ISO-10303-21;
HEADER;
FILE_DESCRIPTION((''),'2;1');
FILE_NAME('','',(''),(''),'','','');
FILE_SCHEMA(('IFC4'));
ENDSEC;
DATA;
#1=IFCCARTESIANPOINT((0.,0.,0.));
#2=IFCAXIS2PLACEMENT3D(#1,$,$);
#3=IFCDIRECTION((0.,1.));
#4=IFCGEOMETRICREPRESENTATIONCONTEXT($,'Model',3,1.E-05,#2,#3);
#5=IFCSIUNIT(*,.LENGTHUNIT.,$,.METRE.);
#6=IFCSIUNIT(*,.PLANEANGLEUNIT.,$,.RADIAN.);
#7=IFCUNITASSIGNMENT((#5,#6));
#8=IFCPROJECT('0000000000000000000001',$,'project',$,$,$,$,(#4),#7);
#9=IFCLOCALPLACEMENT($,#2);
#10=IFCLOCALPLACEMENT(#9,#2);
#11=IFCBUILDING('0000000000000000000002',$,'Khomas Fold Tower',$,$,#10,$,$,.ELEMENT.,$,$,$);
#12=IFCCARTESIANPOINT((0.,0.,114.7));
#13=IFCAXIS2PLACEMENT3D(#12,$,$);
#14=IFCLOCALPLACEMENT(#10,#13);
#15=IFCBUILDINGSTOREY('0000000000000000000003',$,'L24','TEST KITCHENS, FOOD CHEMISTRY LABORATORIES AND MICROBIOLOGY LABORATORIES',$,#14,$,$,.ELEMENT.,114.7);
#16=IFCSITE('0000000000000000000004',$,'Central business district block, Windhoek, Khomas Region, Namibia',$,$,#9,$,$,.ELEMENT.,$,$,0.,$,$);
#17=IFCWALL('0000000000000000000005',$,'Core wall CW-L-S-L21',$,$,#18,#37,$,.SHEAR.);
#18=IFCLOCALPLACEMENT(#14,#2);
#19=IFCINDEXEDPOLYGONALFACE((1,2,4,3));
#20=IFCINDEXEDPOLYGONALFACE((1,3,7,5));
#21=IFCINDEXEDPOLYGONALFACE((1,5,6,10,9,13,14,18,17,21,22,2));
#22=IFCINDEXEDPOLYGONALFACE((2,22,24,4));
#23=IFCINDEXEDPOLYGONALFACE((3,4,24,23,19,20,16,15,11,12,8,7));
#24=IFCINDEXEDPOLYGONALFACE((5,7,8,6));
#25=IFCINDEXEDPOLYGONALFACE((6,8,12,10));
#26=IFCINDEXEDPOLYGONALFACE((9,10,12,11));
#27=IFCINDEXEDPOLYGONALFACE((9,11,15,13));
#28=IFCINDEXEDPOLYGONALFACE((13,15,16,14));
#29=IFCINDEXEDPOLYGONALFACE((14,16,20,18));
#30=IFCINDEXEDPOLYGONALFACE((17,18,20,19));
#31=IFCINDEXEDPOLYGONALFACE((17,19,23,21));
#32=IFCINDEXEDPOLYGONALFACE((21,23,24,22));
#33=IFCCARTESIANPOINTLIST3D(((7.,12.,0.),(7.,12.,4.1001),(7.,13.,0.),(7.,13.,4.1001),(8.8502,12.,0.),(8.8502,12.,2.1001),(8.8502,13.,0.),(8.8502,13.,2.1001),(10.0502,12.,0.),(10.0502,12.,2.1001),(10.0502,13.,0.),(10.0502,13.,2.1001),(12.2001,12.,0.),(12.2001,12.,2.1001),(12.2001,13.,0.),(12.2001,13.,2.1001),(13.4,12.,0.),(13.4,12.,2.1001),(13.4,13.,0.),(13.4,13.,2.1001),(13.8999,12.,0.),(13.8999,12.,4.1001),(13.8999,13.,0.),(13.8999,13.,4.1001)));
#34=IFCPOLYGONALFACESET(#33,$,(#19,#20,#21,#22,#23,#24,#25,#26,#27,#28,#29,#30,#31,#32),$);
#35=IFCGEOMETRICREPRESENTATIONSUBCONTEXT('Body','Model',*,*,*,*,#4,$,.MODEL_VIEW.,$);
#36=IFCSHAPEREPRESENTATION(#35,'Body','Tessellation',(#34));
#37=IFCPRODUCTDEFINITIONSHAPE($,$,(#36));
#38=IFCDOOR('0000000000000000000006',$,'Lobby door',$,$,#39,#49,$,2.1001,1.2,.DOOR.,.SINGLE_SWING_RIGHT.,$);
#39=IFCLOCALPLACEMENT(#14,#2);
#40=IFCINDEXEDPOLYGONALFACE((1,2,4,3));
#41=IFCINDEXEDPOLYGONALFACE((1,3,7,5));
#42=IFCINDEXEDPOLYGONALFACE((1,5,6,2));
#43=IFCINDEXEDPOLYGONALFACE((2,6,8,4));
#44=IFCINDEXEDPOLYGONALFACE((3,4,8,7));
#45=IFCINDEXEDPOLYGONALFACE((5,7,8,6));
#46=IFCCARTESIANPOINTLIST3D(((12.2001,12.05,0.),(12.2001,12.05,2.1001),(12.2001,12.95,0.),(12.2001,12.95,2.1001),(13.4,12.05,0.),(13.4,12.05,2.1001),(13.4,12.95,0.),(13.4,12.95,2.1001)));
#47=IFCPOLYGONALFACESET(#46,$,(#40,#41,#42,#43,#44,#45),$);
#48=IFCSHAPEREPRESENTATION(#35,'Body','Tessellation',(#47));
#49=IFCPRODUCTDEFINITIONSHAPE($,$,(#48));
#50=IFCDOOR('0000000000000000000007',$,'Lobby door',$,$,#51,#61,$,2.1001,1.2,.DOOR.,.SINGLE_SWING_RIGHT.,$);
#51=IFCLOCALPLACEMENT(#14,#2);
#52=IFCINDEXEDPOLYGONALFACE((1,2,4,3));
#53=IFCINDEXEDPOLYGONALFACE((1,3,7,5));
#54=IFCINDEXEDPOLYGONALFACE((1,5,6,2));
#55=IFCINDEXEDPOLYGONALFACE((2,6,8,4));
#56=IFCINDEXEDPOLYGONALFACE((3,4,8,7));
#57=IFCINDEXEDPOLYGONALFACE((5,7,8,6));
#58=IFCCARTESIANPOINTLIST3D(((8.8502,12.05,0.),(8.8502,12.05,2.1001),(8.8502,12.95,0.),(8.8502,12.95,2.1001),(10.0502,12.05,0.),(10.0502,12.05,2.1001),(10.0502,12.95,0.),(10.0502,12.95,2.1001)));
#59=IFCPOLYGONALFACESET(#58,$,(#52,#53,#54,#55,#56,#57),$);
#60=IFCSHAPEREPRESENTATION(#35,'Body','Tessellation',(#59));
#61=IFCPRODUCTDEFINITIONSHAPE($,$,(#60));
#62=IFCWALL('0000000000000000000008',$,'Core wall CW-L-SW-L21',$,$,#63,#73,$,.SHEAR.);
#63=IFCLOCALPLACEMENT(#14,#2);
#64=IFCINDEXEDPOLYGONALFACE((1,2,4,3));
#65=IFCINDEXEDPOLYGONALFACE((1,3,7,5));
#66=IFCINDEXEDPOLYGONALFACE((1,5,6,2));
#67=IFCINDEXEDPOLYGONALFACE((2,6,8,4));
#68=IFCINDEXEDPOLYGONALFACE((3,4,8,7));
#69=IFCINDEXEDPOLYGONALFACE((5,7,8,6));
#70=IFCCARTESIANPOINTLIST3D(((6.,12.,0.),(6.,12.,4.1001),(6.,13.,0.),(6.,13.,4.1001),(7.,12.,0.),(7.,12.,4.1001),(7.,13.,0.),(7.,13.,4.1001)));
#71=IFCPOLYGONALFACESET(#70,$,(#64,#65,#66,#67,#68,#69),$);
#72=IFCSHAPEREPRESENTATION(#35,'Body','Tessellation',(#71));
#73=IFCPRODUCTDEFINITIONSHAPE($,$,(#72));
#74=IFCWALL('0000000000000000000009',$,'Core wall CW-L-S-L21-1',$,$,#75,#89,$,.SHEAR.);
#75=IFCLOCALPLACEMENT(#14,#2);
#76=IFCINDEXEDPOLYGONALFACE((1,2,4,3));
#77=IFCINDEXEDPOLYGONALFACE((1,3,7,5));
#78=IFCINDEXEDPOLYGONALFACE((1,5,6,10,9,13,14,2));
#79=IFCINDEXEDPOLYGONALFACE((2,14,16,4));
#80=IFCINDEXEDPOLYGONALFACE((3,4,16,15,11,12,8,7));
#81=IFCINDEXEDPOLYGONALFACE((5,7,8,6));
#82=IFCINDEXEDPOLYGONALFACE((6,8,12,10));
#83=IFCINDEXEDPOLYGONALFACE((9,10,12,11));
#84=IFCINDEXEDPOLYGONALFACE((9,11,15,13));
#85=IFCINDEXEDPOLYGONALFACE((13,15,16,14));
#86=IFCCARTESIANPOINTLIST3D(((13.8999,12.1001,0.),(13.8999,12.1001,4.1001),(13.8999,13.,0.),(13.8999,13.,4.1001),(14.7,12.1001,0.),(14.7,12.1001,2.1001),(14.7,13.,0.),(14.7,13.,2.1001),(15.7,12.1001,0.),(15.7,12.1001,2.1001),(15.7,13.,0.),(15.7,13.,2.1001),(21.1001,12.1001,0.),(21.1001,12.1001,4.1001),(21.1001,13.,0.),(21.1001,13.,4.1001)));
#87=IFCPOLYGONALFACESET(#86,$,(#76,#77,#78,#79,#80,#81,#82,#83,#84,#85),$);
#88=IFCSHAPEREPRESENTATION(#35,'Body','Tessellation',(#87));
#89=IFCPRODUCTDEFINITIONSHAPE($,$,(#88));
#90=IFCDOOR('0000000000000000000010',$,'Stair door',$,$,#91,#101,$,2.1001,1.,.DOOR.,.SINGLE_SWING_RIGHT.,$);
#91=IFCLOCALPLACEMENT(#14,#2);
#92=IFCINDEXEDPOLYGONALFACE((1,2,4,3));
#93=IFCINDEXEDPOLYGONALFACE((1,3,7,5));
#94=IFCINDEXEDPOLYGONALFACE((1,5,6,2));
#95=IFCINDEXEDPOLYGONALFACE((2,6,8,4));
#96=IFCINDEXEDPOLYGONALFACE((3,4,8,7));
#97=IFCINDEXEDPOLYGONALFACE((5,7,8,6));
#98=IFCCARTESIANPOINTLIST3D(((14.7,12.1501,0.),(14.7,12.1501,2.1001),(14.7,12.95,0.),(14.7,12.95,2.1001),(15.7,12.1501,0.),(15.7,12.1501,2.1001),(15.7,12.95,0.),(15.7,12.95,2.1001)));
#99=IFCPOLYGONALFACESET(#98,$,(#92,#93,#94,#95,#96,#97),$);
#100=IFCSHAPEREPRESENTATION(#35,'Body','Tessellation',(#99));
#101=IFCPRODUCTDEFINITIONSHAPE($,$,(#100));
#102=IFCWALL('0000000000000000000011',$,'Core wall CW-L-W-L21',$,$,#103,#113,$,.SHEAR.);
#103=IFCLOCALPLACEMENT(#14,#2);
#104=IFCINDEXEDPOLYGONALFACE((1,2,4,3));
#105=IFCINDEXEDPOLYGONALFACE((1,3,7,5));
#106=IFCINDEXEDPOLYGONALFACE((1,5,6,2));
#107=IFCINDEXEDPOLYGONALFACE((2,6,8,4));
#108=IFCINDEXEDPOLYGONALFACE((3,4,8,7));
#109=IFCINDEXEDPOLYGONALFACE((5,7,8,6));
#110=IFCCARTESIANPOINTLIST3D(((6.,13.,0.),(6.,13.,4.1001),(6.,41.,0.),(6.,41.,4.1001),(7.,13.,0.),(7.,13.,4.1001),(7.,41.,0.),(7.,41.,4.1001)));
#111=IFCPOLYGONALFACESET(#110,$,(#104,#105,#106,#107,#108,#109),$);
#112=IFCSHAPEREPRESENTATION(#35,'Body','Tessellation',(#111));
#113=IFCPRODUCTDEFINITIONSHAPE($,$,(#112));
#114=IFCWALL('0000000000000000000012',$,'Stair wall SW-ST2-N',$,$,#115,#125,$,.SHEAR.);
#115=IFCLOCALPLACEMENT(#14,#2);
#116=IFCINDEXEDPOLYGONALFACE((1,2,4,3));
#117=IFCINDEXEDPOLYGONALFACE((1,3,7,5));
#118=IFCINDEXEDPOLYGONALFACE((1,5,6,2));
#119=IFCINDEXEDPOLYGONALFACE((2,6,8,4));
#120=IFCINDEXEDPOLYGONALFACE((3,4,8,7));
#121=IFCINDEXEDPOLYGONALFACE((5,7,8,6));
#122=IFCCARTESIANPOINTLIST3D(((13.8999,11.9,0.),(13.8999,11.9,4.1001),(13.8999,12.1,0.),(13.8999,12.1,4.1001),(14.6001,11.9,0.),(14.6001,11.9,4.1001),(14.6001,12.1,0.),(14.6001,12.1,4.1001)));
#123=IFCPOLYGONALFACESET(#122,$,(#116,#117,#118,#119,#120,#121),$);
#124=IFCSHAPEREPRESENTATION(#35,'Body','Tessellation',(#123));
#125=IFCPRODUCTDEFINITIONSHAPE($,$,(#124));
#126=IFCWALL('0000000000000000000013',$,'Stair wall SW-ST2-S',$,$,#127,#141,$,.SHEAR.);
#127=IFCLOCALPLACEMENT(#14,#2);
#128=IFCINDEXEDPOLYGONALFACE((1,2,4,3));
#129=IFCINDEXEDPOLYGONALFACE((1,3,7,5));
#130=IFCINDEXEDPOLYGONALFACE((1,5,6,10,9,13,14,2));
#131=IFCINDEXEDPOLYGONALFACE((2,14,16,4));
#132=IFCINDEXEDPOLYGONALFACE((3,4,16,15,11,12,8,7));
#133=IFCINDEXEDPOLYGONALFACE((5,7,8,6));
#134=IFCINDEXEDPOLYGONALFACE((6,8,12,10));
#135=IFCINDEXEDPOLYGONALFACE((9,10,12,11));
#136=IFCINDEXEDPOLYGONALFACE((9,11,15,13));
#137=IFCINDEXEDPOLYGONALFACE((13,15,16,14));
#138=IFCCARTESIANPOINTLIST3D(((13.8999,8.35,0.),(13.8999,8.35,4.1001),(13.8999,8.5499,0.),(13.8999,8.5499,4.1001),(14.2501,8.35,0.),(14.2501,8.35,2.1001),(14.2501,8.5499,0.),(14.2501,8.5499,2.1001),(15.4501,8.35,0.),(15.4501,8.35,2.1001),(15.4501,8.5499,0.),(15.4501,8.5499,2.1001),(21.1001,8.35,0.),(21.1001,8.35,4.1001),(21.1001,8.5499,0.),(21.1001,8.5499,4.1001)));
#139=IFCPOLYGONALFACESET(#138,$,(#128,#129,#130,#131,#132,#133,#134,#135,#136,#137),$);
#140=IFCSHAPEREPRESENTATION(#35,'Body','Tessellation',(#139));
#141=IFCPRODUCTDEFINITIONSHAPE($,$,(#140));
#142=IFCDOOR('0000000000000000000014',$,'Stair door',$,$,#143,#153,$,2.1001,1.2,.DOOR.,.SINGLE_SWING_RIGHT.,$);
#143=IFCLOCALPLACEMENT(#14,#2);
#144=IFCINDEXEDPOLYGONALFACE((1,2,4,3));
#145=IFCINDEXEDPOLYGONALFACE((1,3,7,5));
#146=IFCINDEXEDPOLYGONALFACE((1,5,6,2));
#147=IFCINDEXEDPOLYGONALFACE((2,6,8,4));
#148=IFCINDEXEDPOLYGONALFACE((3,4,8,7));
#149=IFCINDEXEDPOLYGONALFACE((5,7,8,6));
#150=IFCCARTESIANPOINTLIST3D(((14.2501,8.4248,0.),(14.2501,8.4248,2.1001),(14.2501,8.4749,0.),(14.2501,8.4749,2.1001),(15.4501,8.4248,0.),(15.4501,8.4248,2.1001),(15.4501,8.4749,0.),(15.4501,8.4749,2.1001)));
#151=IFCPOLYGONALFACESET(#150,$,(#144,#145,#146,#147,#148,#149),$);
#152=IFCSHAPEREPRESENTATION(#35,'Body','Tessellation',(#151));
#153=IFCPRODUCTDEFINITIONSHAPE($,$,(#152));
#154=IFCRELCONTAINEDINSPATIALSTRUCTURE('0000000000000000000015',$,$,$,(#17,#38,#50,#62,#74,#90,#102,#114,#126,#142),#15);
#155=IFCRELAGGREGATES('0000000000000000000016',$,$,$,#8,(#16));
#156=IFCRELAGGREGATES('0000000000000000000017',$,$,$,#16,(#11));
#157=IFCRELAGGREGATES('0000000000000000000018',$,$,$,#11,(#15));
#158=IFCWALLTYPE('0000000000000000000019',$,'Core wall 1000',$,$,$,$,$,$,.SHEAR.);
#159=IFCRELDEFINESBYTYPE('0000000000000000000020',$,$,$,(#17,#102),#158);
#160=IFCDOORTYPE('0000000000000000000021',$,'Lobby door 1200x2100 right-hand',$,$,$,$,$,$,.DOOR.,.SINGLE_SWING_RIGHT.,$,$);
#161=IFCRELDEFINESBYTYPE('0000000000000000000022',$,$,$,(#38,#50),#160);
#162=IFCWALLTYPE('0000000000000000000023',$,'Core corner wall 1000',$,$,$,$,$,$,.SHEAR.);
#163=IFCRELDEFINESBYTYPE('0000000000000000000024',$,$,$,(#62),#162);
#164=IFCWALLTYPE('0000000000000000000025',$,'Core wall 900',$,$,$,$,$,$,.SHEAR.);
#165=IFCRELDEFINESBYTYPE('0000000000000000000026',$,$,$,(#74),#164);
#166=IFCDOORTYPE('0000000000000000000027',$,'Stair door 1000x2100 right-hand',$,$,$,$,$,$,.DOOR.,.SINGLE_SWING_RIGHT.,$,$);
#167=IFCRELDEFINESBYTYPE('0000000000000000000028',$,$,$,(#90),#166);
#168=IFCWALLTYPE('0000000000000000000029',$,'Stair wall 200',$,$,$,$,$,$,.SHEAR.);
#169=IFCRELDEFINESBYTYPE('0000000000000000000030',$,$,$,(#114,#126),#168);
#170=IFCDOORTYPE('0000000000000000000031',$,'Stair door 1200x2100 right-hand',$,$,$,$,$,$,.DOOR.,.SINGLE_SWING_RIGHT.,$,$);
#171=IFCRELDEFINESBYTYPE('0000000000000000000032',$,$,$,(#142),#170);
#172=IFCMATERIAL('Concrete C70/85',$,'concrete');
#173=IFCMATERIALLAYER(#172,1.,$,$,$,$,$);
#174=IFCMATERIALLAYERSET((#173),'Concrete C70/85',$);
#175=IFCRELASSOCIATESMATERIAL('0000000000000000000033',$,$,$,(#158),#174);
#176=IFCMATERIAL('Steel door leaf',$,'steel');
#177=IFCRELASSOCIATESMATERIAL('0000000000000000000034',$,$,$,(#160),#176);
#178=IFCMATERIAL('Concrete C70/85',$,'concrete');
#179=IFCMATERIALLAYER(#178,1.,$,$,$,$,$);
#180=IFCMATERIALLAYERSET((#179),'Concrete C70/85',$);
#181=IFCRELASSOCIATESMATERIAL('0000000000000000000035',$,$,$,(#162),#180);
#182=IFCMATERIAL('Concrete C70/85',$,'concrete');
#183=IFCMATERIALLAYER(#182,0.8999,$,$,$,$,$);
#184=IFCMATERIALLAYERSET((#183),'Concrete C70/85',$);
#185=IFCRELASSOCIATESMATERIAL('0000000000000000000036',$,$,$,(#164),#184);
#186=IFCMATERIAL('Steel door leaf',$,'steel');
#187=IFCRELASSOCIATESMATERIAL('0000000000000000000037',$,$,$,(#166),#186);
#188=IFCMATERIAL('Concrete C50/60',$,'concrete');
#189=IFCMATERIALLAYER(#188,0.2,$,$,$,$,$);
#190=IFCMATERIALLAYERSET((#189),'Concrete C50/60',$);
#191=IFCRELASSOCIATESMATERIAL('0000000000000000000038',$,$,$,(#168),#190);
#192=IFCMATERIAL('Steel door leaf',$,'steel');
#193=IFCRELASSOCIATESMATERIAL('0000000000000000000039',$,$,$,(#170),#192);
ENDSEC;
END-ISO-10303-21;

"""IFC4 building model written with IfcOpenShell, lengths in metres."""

from ifc_helpers import new_model, si_unit, direction, frame, frame_2d, origin, place, context, subcontext, project, spatial, rectangle, extrude, source, transform, mapped, material, layer, layer_set, type_object, element, fill, save


model = new_model("IFC4")

# Units and contexts
model_context = context("Model", 3, precision=1e-05, world=origin(), true_north=direction((0.0, 1.0)))
body_context = subcontext(model_context, "Body", "Model", "MODEL_VIEW")
ifc_project = project(units=[si_unit("LENGTHUNIT", "METRE"), si_unit("PLANEANGLEUNIT", "RADIAN")], contexts=[model_context])

# Site, building, storey
site_placement = place(None, origin())
site = spatial("IfcSite", under=ifc_project, at=site_placement, Name="Central business district block, Windhoek, Khomas Region, Namibia", CompositionType="ELEMENT", RefElevation=0.0)
building_placement = place(site_placement, origin())
building = spatial("IfcBuilding", under=site, at=building_placement, Name="Khomas Fold Tower", CompositionType="ELEMENT")
storey_placement = place(building_placement, frame((0.0, 0.0, 114.7)))
storey = spatial("IfcBuildingStorey", under=building, at=storey_placement, Name="L24", Description="TEST KITCHENS, FOOD CHEMISTRY LABORATORIES AND MICROBIOLOGY LABORATORIES", CompositionType="ELEMENT", Elevation=114.7)

# Wall, openings, doors
ifc_material_1 = material(Name="Concrete C70/85", Category="concrete")
ifc_layer_1 = layer(ifc_material_1, 1.0)
ifc_layer_set_1 = layer_set([ifc_layer_1], Name="Concrete C70/85")
wall_type_1 = type_object("IfcWallType", Name="Core wall 1000", PredefinedType="SHEAR", material=ifc_layer_set_1)
shared_shape_1 = source(origin(), body_context, "Body", "SweptSolid", [
    extrude(rectangle(XDim=6.8999, YDim=1.0, at=frame_2d((3.45, 0.0))), origin(), (0.0, 0.0, 1.0), 4.1001),
])
wall_1_placement = place(storey_placement, frame((7.0, 12.5, 0.0), z_axis=(0.0, 0.0, 1.0), x_axis=(1.0, 0.0, 0.0)))
wall_1 = element("IfcWall", 1, at=wall_1_placement, inside=storey, type_object=wall_type_1, Name="Core wall CW-L-S-L21", PredefinedType="SHEAR", context=body_context, shape_type="MappedRepresentation", body=[
    mapped(shared_shape_1, transform((0.0, 0.0, 0.0))),
])
shared_shape_2 = source(origin(), body_context, "Body", "SweptSolid", [
    extrude(rectangle(XDim=1.2, YDim=2.1001, at=frame_2d((0.6001, 1.05))), frame((0.0, 0.51, 0.0), z_axis=(0.0, -1.0, 0.0), x_axis=(1.0, 0.0, 0.0)), (0.0, 0.0, 1.0), 1.02),
])
opening_1_placement = place(wall_1_placement, frame((5.2, 0.0, 0.0)))
opening_1 = element("IfcOpeningElement", 2, at=opening_1_placement, cuts=wall_1, PredefinedType="OPENING", context=body_context, shape_type="MappedRepresentation", body=[
    mapped(shared_shape_2, transform((0.0, 0.0, 0.0))),
])
opening_2_placement = place(wall_1_placement, frame((1.8501, 0.0, 0.0)))
opening_2 = element("IfcOpeningElement", 3, at=opening_2_placement, cuts=wall_1, PredefinedType="OPENING", context=body_context, shape_type="MappedRepresentation", body=[
    mapped(shared_shape_2, transform((0.0, 0.0, 0.0))),
])
ifc_material_2 = material(Name="Steel door leaf", Category="steel")
door_type_1 = type_object("IfcDoorType", Name="Lobby door 1200x2100 right-hand", OperationType="SINGLE_SWING_RIGHT", PredefinedType="DOOR", material=ifc_material_2)
shared_shape_3 = source(origin(), body_context, "Body", "SweptSolid", [
    extrude(rectangle(XDim=1.2, YDim=2.1001, at=frame_2d((0.6001, 1.05))), frame((0.0, 0.45, 0.0), z_axis=(0.0, -1.0, 0.0), x_axis=(1.0, 0.0, 0.0)), (0.0, 0.0, 1.0), 0.8999),
])
door_1_placement = place(opening_1_placement, origin())
door_1 = element("IfcDoor", 4, at=door_1_placement, inside=storey, type_object=door_type_1, Name="Lobby door", OperationType="SINGLE_SWING_RIGHT", OverallHeight=2.1001, OverallWidth=1.2, PredefinedType="DOOR", context=body_context, shape_type="MappedRepresentation", body=[
    mapped(shared_shape_3, transform((0.0, 0.0, 0.0))),
])
fill(opening_1, door_1)
door_2_placement = place(opening_2_placement, origin())
door_2 = element("IfcDoor", 5, at=door_2_placement, inside=storey, type_object=door_type_1, Name="Lobby door", OperationType="SINGLE_SWING_RIGHT", OverallHeight=2.1001, OverallWidth=1.2, PredefinedType="DOOR", context=body_context, shape_type="MappedRepresentation", body=[
    mapped(shared_shape_3, transform((0.0, 0.0, 0.0))),
])
fill(opening_2, door_2)

# Wall
ifc_material_3 = material(Name="Concrete C70/85", Category="concrete")
ifc_layer_2 = layer(ifc_material_3, 1.0)
ifc_layer_set_2 = layer_set([ifc_layer_2], Name="Concrete C70/85")
wall_type_2 = type_object("IfcWallType", Name="Core corner wall 1000", PredefinedType="SHEAR", material=ifc_layer_set_2)
shared_shape_4 = source(origin(), body_context, "Body", "SweptSolid", [
    extrude(rectangle(XDim=1.0, YDim=1.0, at=frame_2d((0.5, 0.0))), origin(), (0.0, 0.0, 1.0), 4.1001),
])
wall_2_placement = place(storey_placement, frame((6.0, 12.5, 0.0), z_axis=(0.0, 0.0, 1.0), x_axis=(1.0, 0.0, 0.0)))
element("IfcWall", 6, at=wall_2_placement, inside=storey, type_object=wall_type_2, Name="Core wall CW-L-SW-L21", PredefinedType="SHEAR", context=body_context, shape_type="MappedRepresentation", body=[
    mapped(shared_shape_4, transform((0.0, 0.0, 0.0))),
])

# Wall, opening, door
ifc_material_4 = material(Name="Concrete C70/85", Category="concrete")
ifc_layer_3 = layer(ifc_material_4, 0.8999)
ifc_layer_set_3 = layer_set([ifc_layer_3], Name="Concrete C70/85")
wall_type_3 = type_object("IfcWallType", Name="Core wall 900", PredefinedType="SHEAR", material=ifc_layer_set_3)
shared_shape_5 = source(origin(), body_context, "Body", "SweptSolid", [
    extrude(rectangle(XDim=7.2002, YDim=0.8999, at=frame_2d((3.6001, 0.0))), origin(), (0.0, 0.0, 1.0), 4.1001),
])
wall_3_placement = place(storey_placement, frame((13.8999, 12.55, 0.0), z_axis=(0.0, 0.0, 1.0), x_axis=(1.0, 0.0, 0.0)))
wall_3 = element("IfcWall", 7, at=wall_3_placement, inside=storey, type_object=wall_type_3, Name="Core wall CW-L-S-L21-1", PredefinedType="SHEAR", context=body_context, shape_type="MappedRepresentation", body=[
    mapped(shared_shape_5, transform((0.0, 0.0, 0.0))),
])
shared_shape_6 = source(origin(), body_context, "Body", "SweptSolid", [
    extrude(rectangle(XDim=1.0, YDim=2.1001, at=frame_2d((0.5, 1.05))), frame((0.0, 0.46, 0.0), z_axis=(0.0, -1.0, 0.0), x_axis=(1.0, 0.0, 0.0)), (0.0, 0.0, 1.0), 0.9199),
])
opening_3_placement = place(wall_3_placement, frame((0.8, 0.0, 0.0)))
opening_3 = element("IfcOpeningElement", 8, at=opening_3_placement, cuts=wall_3, PredefinedType="OPENING", context=body_context, shape_type="MappedRepresentation", body=[
    mapped(shared_shape_6, transform((0.0, 0.0, 0.0))),
])
ifc_material_5 = material(Name="Steel door leaf", Category="steel")
door_type_2 = type_object("IfcDoorType", Name="Stair door 1000x2100 right-hand", OperationType="SINGLE_SWING_RIGHT", PredefinedType="DOOR", material=ifc_material_5)
shared_shape_7 = source(origin(), body_context, "Body", "SweptSolid", [
    extrude(rectangle(XDim=1.0, YDim=2.1001, at=frame_2d((0.5, 1.05))), frame((0.0, 0.3999, 0.0), z_axis=(0.0, -1.0, 0.0), x_axis=(1.0, 0.0, 0.0)), (0.0, 0.0, 1.0), 0.7998),
])
door_3_placement = place(opening_3_placement, origin())
door_3 = element("IfcDoor", 9, at=door_3_placement, inside=storey, type_object=door_type_2, Name="Stair door", OperationType="SINGLE_SWING_RIGHT", OverallHeight=2.1001, OverallWidth=1.0, PredefinedType="DOOR", context=body_context, shape_type="MappedRepresentation", body=[
    mapped(shared_shape_7, transform((0.0, 0.0, 0.0))),
])
fill(opening_3, door_3)

# Walls
shared_shape_8 = source(origin(), body_context, "Body", "SweptSolid", [
    extrude(rectangle(XDim=28.0, YDim=1.0, at=frame_2d((14.0, 0.0))), origin(), (0.0, 0.0, 1.0), 4.1001),
])
wall_4_placement = place(storey_placement, frame((6.5, 13.0, 0.0), z_axis=(0.0, 0.0, 1.0), x_axis=(0.0, 1.0, 0.0)))
element("IfcWall", 10, at=wall_4_placement, inside=storey, type_object=wall_type_1, Name="Core wall CW-L-W-L21", PredefinedType="SHEAR", context=body_context, shape_type="MappedRepresentation", body=[
    mapped(shared_shape_8, transform((0.0, 0.0, 0.0))),
])
ifc_material_6 = material(Name="Concrete C50/60", Category="concrete")
ifc_layer_4 = layer(ifc_material_6, 0.2)
ifc_layer_set_4 = layer_set([ifc_layer_4], Name="Concrete C50/60")
wall_type_4 = type_object("IfcWallType", Name="Stair wall 200", PredefinedType="SHEAR", material=ifc_layer_set_4)
shared_shape_9 = source(origin(), body_context, "Body", "SweptSolid", [
    extrude(rectangle(XDim=0.7002, YDim=0.2, at=frame_2d((0.3501, 0.0))), origin(), (0.0, 0.0, 1.0), 4.1001),
])
wall_5_placement = place(storey_placement, frame((13.8999, 12.0, 0.0), z_axis=(0.0, 0.0, 1.0), x_axis=(1.0, 0.0, 0.0)))
element("IfcWall", 11, at=wall_5_placement, inside=storey, type_object=wall_type_4, Name="Stair wall SW-ST2-N", PredefinedType="SHEAR", context=body_context, shape_type="MappedRepresentation", body=[
    mapped(shared_shape_9, transform((0.0, 0.0, 0.0))),
])

# Wall, opening, door
shared_shape_10 = source(origin(), body_context, "Body", "SweptSolid", [
    extrude(rectangle(XDim=7.2002, YDim=0.2, at=frame_2d((3.6001, 0.0))), origin(), (0.0, 0.0, 1.0), 4.1001),
])
wall_6_placement = place(storey_placement, frame((13.8999, 8.45, 0.0), z_axis=(0.0, 0.0, 1.0), x_axis=(1.0, 0.0, 0.0)))
wall_6 = element("IfcWall", 12, at=wall_6_placement, inside=storey, type_object=wall_type_4, Name="Stair wall SW-ST2-S", PredefinedType="SHEAR", context=body_context, shape_type="MappedRepresentation", body=[
    mapped(shared_shape_10, transform((0.0, 0.0, 0.0))),
])
shared_shape_11 = source(origin(), body_context, "Body", "SweptSolid", [
    extrude(rectangle(XDim=1.2, YDim=2.1001, at=frame_2d((0.6001, 1.05))), frame((0.0, 0.1099, 0.0), z_axis=(0.0, -1.0, 0.0), x_axis=(1.0, 0.0, 0.0)), (0.0, 0.0, 1.0), 0.22),
])
opening_4_placement = place(wall_6_placement, frame((0.3501, 0.0, 0.0)))
opening_4 = element("IfcOpeningElement", 13, at=opening_4_placement, cuts=wall_6, PredefinedType="OPENING", context=body_context, shape_type="MappedRepresentation", body=[
    mapped(shared_shape_11, transform((0.0, 0.0, 0.0))),
])
ifc_material_7 = material(Name="Steel door leaf", Category="steel")
door_type_3 = type_object("IfcDoorType", Name="Stair door 1200x2100 right-hand", OperationType="SINGLE_SWING_RIGHT", PredefinedType="DOOR", material=ifc_material_7)
shared_shape_12 = source(origin(), body_context, "Body", "SweptSolid", [
    extrude(rectangle(XDim=1.2, YDim=2.1001, at=frame_2d((0.6001, 1.05))), frame((0.0, 0.0249, 0.0), z_axis=(0.0, -1.0, 0.0), x_axis=(1.0, 0.0, 0.0)), (0.0, 0.0, 1.0), 0.05),
])
door_4_placement = place(opening_4_placement, origin())
door_4 = element("IfcDoor", 14, at=door_4_placement, inside=storey, type_object=door_type_3, Name="Stair door", OperationType="SINGLE_SWING_RIGHT", OverallHeight=2.1001, OverallWidth=1.2, PredefinedType="DOOR", context=body_context, shape_type="MappedRepresentation", body=[
    mapped(shared_shape_12, transform((0.0, 0.0, 0.0))),
])
fill(opening_4, door_4)

save(model, "model.ifc")
